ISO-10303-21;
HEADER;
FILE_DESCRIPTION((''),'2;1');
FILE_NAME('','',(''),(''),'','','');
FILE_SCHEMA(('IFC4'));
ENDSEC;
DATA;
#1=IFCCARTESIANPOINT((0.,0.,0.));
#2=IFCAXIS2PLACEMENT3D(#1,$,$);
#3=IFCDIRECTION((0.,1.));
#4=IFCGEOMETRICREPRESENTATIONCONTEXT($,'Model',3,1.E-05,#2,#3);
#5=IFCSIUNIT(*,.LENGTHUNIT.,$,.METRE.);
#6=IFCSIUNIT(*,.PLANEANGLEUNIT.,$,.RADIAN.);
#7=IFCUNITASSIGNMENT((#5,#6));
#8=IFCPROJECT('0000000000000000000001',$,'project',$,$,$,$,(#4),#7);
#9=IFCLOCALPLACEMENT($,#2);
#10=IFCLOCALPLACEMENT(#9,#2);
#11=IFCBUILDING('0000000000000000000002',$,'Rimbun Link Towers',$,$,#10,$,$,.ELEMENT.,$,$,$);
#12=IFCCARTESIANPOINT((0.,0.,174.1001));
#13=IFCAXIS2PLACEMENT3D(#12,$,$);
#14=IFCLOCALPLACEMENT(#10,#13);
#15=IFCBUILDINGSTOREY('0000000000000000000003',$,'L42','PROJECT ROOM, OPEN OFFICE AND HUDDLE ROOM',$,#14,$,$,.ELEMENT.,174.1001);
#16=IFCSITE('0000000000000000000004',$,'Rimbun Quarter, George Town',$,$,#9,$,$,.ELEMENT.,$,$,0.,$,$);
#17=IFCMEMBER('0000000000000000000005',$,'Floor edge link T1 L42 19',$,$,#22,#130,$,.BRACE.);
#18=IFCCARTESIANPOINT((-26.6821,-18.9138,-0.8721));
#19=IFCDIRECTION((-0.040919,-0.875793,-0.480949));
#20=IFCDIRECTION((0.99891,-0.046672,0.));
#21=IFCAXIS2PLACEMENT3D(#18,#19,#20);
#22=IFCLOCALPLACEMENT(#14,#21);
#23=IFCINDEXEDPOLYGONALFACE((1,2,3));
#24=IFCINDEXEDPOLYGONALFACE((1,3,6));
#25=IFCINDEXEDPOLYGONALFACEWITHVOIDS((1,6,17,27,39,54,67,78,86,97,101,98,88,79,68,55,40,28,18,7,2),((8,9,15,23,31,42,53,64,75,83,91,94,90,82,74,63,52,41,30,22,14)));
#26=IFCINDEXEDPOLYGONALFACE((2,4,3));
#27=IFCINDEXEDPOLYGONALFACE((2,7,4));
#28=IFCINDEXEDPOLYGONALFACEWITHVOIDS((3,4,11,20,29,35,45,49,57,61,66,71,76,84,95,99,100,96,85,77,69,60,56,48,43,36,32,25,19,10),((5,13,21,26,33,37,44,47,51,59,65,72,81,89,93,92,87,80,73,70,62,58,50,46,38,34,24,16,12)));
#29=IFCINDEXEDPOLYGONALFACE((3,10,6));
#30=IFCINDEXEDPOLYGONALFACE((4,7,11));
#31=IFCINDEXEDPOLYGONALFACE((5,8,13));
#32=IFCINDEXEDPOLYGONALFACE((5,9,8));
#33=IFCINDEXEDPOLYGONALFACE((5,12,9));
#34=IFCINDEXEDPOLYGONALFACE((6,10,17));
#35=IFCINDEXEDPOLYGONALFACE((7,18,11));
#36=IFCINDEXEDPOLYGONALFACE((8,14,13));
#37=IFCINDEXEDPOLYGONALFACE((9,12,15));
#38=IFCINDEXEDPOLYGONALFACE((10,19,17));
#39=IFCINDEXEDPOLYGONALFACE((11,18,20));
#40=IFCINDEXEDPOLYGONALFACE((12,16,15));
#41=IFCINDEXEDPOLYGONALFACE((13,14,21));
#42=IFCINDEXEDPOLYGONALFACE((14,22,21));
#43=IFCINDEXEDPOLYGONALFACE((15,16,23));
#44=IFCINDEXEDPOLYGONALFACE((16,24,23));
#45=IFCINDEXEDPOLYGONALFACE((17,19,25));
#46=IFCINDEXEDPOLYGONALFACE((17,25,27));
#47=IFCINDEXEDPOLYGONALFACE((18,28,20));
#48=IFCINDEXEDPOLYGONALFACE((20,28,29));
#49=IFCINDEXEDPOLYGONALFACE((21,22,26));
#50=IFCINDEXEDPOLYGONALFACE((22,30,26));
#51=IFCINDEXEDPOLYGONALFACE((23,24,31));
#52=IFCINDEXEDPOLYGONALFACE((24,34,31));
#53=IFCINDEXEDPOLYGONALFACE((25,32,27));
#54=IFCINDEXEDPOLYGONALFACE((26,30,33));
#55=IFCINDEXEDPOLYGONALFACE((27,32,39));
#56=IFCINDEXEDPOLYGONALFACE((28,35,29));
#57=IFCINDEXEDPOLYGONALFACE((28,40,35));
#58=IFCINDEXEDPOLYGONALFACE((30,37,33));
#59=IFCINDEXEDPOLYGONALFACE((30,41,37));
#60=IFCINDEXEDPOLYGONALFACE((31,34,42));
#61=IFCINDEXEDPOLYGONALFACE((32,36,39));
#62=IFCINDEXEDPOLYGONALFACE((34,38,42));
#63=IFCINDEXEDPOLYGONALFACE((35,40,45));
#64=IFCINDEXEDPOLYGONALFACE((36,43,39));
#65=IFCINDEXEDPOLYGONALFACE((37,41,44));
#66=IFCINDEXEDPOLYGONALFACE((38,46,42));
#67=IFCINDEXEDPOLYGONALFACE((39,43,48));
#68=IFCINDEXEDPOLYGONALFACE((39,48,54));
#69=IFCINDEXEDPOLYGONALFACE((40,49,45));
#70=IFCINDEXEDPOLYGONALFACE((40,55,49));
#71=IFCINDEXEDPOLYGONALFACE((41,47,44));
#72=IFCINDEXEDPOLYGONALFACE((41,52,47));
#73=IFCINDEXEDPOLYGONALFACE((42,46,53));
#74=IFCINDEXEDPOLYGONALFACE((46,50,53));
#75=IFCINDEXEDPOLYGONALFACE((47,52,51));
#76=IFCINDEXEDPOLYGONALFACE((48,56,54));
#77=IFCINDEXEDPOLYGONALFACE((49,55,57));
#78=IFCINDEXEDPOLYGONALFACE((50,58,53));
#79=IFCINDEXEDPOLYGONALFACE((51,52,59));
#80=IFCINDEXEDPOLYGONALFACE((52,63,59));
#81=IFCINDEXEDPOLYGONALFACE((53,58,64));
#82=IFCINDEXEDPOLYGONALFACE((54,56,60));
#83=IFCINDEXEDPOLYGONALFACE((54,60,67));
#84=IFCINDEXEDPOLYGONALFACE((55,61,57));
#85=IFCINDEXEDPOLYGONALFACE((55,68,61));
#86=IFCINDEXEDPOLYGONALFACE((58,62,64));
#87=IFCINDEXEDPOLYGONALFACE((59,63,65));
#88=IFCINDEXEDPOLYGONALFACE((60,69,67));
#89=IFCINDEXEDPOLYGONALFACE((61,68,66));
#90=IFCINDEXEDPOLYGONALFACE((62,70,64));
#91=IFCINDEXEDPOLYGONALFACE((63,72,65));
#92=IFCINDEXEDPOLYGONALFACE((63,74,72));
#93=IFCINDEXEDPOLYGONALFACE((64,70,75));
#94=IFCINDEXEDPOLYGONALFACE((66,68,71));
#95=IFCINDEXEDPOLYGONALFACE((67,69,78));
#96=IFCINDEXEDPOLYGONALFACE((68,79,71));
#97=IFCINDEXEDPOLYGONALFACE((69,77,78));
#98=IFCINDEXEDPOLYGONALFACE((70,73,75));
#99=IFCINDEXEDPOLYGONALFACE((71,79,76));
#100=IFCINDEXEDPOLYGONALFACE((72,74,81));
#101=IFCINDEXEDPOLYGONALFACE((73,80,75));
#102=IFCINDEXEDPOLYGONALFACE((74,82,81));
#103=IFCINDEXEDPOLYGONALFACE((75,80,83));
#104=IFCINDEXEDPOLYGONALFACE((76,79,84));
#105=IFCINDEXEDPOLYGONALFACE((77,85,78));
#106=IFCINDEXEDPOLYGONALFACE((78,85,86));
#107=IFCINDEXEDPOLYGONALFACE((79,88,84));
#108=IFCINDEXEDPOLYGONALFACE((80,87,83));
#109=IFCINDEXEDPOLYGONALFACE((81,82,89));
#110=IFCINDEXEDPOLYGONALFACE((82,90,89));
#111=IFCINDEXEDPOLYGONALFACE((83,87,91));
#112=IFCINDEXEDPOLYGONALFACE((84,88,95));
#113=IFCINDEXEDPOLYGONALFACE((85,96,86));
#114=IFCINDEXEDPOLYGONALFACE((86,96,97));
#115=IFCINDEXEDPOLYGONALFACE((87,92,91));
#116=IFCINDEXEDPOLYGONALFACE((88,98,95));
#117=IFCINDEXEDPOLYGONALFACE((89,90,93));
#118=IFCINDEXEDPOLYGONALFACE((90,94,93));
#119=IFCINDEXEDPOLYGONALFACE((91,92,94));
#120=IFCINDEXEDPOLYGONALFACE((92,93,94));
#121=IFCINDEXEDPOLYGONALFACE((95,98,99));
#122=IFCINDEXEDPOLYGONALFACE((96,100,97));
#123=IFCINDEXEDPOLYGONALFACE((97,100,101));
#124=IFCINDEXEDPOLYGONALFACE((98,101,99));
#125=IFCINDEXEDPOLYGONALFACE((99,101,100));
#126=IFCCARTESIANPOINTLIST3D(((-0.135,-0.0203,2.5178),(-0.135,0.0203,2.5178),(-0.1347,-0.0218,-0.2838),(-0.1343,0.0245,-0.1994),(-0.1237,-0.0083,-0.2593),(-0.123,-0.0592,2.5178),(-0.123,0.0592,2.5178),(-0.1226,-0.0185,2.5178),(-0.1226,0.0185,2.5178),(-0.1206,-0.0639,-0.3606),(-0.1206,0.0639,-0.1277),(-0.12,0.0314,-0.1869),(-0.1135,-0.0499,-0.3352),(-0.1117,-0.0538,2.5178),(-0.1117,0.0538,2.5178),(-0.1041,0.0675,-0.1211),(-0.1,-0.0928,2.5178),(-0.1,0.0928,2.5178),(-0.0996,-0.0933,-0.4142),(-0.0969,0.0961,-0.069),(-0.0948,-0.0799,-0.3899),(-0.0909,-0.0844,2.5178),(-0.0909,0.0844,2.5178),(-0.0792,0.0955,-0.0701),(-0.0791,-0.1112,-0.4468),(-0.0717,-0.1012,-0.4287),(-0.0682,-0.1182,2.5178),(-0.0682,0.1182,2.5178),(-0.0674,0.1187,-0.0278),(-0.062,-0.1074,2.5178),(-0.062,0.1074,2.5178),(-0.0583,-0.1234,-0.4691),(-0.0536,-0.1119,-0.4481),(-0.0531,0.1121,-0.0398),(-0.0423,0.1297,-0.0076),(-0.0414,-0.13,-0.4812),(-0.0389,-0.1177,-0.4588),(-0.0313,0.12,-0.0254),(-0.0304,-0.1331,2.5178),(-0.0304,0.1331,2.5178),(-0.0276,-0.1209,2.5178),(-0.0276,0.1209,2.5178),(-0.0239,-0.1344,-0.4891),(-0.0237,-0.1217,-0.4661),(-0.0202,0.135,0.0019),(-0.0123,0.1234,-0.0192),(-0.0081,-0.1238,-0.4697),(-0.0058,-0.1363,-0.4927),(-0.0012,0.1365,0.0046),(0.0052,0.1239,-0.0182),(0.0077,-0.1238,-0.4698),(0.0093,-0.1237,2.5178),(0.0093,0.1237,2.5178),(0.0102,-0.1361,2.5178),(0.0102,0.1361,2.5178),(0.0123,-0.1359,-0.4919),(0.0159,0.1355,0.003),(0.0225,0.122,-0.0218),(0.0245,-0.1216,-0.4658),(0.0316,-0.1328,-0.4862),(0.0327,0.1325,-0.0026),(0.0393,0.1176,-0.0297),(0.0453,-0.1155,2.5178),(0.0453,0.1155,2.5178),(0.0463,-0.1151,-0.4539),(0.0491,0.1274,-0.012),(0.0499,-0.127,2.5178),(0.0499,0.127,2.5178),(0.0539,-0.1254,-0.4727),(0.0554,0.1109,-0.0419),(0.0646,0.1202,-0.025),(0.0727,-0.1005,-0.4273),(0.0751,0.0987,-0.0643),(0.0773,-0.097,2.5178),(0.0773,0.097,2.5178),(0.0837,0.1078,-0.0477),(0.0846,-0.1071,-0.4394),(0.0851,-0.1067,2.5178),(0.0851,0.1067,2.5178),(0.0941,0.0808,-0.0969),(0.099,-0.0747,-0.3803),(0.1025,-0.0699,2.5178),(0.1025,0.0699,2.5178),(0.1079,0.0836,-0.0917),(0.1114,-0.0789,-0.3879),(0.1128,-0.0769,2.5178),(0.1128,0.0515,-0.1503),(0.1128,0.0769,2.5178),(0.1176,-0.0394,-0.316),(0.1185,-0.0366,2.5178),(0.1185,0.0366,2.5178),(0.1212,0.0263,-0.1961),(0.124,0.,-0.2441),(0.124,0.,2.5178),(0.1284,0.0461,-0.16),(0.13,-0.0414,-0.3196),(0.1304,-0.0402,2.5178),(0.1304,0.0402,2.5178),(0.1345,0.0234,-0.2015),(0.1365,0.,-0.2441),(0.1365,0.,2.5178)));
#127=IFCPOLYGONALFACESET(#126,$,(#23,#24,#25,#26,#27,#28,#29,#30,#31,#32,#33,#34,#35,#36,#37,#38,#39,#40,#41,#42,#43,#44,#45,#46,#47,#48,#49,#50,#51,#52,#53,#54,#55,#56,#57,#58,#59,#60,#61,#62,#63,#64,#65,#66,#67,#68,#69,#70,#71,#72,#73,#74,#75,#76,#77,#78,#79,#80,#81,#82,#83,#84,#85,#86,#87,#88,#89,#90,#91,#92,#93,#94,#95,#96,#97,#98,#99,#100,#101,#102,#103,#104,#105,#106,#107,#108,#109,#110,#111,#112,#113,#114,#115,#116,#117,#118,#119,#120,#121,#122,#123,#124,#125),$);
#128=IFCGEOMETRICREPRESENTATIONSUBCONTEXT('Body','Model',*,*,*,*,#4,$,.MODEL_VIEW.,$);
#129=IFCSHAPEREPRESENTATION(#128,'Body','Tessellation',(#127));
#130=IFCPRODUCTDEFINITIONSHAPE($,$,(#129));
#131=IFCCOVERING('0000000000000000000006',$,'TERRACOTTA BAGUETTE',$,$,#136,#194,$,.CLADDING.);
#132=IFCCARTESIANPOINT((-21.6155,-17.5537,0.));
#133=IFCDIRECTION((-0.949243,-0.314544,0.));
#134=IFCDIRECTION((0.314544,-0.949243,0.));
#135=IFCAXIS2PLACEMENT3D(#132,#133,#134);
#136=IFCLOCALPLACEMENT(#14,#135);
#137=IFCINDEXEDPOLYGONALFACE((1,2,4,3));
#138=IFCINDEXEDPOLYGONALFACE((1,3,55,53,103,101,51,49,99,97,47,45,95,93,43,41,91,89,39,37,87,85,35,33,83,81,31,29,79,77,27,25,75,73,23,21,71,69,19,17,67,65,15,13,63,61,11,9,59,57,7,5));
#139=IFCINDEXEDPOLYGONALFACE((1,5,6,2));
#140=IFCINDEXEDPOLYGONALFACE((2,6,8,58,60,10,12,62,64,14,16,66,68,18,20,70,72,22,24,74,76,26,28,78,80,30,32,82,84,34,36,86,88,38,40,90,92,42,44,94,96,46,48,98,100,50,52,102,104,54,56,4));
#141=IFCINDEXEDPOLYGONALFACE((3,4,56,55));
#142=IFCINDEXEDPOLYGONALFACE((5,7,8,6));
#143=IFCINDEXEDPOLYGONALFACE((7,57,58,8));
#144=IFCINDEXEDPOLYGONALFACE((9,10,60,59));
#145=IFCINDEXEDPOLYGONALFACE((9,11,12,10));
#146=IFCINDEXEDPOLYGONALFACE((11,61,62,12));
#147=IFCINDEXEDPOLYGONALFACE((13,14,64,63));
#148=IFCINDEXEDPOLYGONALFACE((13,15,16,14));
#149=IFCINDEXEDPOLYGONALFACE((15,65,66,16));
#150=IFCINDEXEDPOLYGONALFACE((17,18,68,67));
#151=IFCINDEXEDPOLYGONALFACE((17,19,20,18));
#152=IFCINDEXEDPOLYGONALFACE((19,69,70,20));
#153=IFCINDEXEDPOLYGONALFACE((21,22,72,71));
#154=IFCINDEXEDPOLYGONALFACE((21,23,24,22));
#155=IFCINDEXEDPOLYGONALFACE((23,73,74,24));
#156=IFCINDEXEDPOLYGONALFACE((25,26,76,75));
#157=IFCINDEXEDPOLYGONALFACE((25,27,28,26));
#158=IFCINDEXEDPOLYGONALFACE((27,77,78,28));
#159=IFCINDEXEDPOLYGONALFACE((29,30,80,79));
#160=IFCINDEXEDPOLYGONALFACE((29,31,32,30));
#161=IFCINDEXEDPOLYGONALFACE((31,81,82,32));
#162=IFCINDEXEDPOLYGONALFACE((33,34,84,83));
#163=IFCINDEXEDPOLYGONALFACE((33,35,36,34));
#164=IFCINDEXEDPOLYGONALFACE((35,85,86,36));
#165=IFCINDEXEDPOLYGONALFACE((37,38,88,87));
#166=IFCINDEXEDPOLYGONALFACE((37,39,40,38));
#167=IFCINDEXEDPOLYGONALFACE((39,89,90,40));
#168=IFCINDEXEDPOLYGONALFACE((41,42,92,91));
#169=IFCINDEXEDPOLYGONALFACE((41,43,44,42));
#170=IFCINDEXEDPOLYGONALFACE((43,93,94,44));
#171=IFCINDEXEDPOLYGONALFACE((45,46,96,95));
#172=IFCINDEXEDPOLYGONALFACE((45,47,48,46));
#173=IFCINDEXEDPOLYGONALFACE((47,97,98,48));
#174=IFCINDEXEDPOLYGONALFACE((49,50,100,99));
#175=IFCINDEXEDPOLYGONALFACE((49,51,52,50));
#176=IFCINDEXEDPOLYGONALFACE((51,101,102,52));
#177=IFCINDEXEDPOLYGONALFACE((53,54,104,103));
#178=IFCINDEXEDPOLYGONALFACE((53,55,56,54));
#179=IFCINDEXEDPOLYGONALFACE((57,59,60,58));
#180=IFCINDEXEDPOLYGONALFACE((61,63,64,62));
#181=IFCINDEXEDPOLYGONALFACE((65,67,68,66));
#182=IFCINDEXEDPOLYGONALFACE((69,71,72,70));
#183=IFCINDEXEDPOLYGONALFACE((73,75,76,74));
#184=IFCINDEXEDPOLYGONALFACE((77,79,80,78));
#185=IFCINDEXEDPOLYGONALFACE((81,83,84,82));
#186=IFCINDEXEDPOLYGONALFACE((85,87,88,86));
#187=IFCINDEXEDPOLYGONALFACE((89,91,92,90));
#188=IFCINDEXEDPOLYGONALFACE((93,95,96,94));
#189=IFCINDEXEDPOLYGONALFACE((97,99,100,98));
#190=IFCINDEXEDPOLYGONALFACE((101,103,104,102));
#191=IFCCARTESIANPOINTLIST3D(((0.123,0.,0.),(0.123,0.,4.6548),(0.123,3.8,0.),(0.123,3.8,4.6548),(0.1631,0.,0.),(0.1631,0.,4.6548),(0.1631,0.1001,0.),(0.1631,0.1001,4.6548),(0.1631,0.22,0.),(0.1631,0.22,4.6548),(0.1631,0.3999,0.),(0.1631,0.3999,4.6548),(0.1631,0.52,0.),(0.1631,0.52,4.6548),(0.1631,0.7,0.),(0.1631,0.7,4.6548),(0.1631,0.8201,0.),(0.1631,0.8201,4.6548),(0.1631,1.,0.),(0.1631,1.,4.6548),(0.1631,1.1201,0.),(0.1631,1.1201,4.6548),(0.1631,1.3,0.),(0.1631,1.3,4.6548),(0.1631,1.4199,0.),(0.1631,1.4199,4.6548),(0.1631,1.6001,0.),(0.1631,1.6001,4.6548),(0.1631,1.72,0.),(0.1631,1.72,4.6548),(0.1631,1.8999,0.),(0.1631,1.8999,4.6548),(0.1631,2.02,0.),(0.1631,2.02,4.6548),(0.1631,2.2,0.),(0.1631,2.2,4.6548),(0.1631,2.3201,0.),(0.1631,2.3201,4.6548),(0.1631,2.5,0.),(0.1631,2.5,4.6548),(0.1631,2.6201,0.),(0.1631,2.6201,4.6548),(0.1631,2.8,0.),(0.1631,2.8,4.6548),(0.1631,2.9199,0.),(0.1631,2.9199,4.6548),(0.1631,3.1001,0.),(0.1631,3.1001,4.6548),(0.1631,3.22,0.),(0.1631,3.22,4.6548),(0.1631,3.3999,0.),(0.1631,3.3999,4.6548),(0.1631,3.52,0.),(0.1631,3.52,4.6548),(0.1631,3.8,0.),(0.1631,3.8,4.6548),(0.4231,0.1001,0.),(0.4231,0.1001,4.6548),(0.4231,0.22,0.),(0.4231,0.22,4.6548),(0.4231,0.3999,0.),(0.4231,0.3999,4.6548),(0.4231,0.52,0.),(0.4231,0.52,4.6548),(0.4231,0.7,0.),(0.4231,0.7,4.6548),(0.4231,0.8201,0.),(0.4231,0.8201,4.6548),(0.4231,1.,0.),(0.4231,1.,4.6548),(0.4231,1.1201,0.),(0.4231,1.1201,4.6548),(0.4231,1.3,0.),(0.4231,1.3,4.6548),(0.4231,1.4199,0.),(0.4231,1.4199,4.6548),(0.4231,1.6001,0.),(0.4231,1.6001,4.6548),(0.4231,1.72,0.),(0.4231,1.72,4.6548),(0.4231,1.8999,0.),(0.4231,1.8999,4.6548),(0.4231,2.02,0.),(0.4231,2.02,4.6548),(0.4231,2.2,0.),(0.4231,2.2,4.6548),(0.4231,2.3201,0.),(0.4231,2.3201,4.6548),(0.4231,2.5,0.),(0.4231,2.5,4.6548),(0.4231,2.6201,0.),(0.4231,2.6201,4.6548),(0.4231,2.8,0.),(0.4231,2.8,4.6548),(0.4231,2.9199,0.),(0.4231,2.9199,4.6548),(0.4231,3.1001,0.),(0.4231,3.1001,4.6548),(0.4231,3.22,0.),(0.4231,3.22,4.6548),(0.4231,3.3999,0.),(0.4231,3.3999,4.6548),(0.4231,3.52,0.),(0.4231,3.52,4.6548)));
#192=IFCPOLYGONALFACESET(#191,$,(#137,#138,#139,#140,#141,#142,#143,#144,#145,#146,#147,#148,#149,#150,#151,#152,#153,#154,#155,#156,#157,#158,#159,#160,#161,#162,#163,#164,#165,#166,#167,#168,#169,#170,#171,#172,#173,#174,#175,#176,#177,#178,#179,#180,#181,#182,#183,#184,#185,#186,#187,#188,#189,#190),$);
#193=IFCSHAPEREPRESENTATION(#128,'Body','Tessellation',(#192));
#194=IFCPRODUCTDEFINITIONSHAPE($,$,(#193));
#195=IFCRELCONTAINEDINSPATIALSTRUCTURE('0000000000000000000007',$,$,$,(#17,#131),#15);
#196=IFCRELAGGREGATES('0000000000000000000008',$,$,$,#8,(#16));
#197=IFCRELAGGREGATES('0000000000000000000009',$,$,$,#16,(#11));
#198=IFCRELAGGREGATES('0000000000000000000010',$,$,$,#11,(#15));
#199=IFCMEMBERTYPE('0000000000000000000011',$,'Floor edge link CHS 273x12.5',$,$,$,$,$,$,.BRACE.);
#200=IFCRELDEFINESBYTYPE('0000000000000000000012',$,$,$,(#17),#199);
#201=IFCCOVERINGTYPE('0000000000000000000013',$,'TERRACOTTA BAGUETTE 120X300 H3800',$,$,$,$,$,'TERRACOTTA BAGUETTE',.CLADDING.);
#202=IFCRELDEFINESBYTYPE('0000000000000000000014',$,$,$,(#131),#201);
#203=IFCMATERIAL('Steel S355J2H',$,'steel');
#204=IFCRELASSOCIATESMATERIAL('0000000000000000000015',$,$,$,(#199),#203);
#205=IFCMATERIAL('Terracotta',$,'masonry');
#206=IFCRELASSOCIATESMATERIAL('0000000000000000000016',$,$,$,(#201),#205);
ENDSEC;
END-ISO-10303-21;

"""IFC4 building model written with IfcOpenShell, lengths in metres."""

from ifc_helpers import new_model, si_unit, direction, frame, origin, origin_2d, place, context, subcontext, project, spatial, polyline, hollow_circle, outline, extrude, clip, halfspace, material, material_profile, profile_set, type_object, element, save


model = new_model("IFC4")

# Units and contexts
model_context = context("Model", 3, precision=1e-05, world=origin(), true_north=direction((0.0, 1.0)))
body_context = subcontext(model_context, "Body", "Model", "MODEL_VIEW")
ifc_project = project(units=[si_unit("LENGTHUNIT", "METRE"), si_unit("PLANEANGLEUNIT", "RADIAN")], contexts=[model_context])

# Site, building, storey
site_placement = place(None, origin())
site = spatial("IfcSite", under=ifc_project, at=site_placement, Name="Rimbun Quarter, George Town", CompositionType="ELEMENT", RefElevation=0.0)
building_placement = place(site_placement, origin())
building = spatial("IfcBuilding", under=site, at=building_placement, Name="Rimbun Link Towers", CompositionType="ELEMENT")
storey_placement = place(building_placement, frame((0.0, 0.0, 174.1001)))
storey = spatial("IfcBuildingStorey", under=building, at=storey_placement, Name="L42", Description="PROJECT ROOM, OPEN OFFICE AND HUDDLE ROOM", CompositionType="ELEMENT", Elevation=174.1001)

# Member
ifc_material_1 = material(Name="Steel S355J2H", Category="steel")
ifc_material_profile_1 = material_profile(ifc_material_1, hollow_circle(Radius=0.1365, WallThickness=0.0125, at=origin_2d()), Name="CHS 273x12.5")
ifc_profile_set_1 = profile_set([ifc_material_profile_1], Name="Steel S355J2H")
member_type_1 = type_object("IfcMemberType", Name="Floor edge link CHS 273x12.5", PredefinedType="BRACE", material=ifc_profile_set_1)
member_1_placement = place(storey_placement, frame((-26.6821, -18.9138, -0.8721), z_axis=(-0.040919, -0.875793, -0.480949), x_axis=(0.99891, -0.046672, 0.0)))
element("IfcMember", 1, at=member_1_placement, inside=storey, type_object=member_type_1, Name="Floor edge link T1 L42 19", PredefinedType="BRACE", context=body_context, shape_type="Clipping", body=[
    clip(extrude(hollow_circle(Radius=0.1365, WallThickness=0.0125, at=origin_2d()), frame((0.0, 0.0, -0.5183)), (0.0, 0.0, 1.0), 3.0361), halfspace(frame((0.0, 0.0, -0.2441), z_axis=(0.0, 0.876748, -0.480949)), False)),
])

# Covering
ifc_material_2 = material(Name="Terracotta", Category="masonry")
ifc_material_profile_2 = material_profile(ifc_material_2, outline(polyline([(0.123, 0.0), (0.1631, 0.0), (0.1631, 0.1001), (0.4231, 0.1001), (0.4231, 0.22), (0.1631, 0.22), (0.1631, 0.3999), (0.4231, 0.3999), (0.4231, 0.52), (0.1631, 0.52), (0.1631, 0.7), (0.4231, 0.7), (0.4231, 0.8201), (0.1631, 0.8201), (0.1631, 1.0), (0.4231, 1.0), (0.4231, 1.1201), (0.1631, 1.1201), (0.1631, 1.3), (0.4231, 1.3), (0.4231, 1.4199), (0.1631, 1.4199), (0.1631, 1.6001), (0.4231, 1.6001), (0.4231, 1.72), (0.1631, 1.72), (0.1631, 1.8999), (0.4231, 1.8999), (0.4231, 2.02), (0.1631, 2.02), (0.1631, 2.2), (0.4231, 2.2), (0.4231, 2.3201), (0.1631, 2.3201), (0.1631, 2.5), (0.4231, 2.5), (0.4231, 2.6201), (0.1631, 2.6201), (0.1631, 2.8), (0.4231, 2.8), (0.4231, 2.9199), (0.1631, 2.9199), (0.1631, 3.1001), (0.4231, 3.1001), (0.4231, 3.22), (0.1631, 3.22), (0.1631, 3.3999), (0.4231, 3.3999), (0.4231, 3.52), (0.1631, 3.52), (0.1631, 3.8), (0.123, 3.8), (0.123, 0.0)])), Name="BAGUETTE 120X300")
ifc_profile_set_2 = profile_set([ifc_material_profile_2], Name="Terracotta")
covering_type = type_object("IfcCoveringType", Name="TERRACOTTA BAGUETTE 120X300 H3800", ElementType="TERRACOTTA BAGUETTE", PredefinedType="CLADDING", material=ifc_profile_set_2)
covering_1_placement = place(storey_placement, frame((-21.6155, -17.5537, 0.0), z_axis=(-0.949243, -0.314544, 0.0), x_axis=(0.314544, -0.949243, 0.0)))
element("IfcCovering", 2, at=covering_1_placement, inside=storey, type_object=covering_type, Name="TERRACOTTA BAGUETTE", PredefinedType="CLADDING", context=body_context, shape_type="SweptSolid", body=[
    extrude(outline(polyline([(0.123, 0.0), (0.1631, 0.0), (0.1631, 0.1001), (0.4231, 0.1001), (0.4231, 0.22), (0.1631, 0.22), (0.1631, 0.3999), (0.4231, 0.3999), (0.4231, 0.52), (0.1631, 0.52), (0.1631, 0.7), (0.4231, 0.7), (0.4231, 0.8201), (0.1631, 0.8201), (0.1631, 1.0), (0.4231, 1.0), (0.4231, 1.1201), (0.1631, 1.1201), (0.1631, 1.3), (0.4231, 1.3), (0.4231, 1.4199), (0.1631, 1.4199), (0.1631, 1.6001), (0.4231, 1.6001), (0.4231, 1.72), (0.1631, 1.72), (0.1631, 1.8999), (0.4231, 1.8999), (0.4231, 2.02), (0.1631, 2.02), (0.1631, 2.2), (0.4231, 2.2), (0.4231, 2.3201), (0.1631, 2.3201), (0.1631, 2.5), (0.4231, 2.5), (0.4231, 2.6201), (0.1631, 2.6201), (0.1631, 2.8), (0.4231, 2.8), (0.4231, 2.9199), (0.1631, 2.9199), (0.1631, 3.1001), (0.4231, 3.1001), (0.4231, 3.22), (0.1631, 3.22), (0.1631, 3.3999), (0.4231, 3.3999), (0.4231, 3.52), (0.1631, 3.52), (0.1631, 3.8), (0.123, 3.8), (0.123, 0.0)])), origin(), (0.0, 0.0, 1.0), 4.6548),
])

save(model, "model.ifc")
